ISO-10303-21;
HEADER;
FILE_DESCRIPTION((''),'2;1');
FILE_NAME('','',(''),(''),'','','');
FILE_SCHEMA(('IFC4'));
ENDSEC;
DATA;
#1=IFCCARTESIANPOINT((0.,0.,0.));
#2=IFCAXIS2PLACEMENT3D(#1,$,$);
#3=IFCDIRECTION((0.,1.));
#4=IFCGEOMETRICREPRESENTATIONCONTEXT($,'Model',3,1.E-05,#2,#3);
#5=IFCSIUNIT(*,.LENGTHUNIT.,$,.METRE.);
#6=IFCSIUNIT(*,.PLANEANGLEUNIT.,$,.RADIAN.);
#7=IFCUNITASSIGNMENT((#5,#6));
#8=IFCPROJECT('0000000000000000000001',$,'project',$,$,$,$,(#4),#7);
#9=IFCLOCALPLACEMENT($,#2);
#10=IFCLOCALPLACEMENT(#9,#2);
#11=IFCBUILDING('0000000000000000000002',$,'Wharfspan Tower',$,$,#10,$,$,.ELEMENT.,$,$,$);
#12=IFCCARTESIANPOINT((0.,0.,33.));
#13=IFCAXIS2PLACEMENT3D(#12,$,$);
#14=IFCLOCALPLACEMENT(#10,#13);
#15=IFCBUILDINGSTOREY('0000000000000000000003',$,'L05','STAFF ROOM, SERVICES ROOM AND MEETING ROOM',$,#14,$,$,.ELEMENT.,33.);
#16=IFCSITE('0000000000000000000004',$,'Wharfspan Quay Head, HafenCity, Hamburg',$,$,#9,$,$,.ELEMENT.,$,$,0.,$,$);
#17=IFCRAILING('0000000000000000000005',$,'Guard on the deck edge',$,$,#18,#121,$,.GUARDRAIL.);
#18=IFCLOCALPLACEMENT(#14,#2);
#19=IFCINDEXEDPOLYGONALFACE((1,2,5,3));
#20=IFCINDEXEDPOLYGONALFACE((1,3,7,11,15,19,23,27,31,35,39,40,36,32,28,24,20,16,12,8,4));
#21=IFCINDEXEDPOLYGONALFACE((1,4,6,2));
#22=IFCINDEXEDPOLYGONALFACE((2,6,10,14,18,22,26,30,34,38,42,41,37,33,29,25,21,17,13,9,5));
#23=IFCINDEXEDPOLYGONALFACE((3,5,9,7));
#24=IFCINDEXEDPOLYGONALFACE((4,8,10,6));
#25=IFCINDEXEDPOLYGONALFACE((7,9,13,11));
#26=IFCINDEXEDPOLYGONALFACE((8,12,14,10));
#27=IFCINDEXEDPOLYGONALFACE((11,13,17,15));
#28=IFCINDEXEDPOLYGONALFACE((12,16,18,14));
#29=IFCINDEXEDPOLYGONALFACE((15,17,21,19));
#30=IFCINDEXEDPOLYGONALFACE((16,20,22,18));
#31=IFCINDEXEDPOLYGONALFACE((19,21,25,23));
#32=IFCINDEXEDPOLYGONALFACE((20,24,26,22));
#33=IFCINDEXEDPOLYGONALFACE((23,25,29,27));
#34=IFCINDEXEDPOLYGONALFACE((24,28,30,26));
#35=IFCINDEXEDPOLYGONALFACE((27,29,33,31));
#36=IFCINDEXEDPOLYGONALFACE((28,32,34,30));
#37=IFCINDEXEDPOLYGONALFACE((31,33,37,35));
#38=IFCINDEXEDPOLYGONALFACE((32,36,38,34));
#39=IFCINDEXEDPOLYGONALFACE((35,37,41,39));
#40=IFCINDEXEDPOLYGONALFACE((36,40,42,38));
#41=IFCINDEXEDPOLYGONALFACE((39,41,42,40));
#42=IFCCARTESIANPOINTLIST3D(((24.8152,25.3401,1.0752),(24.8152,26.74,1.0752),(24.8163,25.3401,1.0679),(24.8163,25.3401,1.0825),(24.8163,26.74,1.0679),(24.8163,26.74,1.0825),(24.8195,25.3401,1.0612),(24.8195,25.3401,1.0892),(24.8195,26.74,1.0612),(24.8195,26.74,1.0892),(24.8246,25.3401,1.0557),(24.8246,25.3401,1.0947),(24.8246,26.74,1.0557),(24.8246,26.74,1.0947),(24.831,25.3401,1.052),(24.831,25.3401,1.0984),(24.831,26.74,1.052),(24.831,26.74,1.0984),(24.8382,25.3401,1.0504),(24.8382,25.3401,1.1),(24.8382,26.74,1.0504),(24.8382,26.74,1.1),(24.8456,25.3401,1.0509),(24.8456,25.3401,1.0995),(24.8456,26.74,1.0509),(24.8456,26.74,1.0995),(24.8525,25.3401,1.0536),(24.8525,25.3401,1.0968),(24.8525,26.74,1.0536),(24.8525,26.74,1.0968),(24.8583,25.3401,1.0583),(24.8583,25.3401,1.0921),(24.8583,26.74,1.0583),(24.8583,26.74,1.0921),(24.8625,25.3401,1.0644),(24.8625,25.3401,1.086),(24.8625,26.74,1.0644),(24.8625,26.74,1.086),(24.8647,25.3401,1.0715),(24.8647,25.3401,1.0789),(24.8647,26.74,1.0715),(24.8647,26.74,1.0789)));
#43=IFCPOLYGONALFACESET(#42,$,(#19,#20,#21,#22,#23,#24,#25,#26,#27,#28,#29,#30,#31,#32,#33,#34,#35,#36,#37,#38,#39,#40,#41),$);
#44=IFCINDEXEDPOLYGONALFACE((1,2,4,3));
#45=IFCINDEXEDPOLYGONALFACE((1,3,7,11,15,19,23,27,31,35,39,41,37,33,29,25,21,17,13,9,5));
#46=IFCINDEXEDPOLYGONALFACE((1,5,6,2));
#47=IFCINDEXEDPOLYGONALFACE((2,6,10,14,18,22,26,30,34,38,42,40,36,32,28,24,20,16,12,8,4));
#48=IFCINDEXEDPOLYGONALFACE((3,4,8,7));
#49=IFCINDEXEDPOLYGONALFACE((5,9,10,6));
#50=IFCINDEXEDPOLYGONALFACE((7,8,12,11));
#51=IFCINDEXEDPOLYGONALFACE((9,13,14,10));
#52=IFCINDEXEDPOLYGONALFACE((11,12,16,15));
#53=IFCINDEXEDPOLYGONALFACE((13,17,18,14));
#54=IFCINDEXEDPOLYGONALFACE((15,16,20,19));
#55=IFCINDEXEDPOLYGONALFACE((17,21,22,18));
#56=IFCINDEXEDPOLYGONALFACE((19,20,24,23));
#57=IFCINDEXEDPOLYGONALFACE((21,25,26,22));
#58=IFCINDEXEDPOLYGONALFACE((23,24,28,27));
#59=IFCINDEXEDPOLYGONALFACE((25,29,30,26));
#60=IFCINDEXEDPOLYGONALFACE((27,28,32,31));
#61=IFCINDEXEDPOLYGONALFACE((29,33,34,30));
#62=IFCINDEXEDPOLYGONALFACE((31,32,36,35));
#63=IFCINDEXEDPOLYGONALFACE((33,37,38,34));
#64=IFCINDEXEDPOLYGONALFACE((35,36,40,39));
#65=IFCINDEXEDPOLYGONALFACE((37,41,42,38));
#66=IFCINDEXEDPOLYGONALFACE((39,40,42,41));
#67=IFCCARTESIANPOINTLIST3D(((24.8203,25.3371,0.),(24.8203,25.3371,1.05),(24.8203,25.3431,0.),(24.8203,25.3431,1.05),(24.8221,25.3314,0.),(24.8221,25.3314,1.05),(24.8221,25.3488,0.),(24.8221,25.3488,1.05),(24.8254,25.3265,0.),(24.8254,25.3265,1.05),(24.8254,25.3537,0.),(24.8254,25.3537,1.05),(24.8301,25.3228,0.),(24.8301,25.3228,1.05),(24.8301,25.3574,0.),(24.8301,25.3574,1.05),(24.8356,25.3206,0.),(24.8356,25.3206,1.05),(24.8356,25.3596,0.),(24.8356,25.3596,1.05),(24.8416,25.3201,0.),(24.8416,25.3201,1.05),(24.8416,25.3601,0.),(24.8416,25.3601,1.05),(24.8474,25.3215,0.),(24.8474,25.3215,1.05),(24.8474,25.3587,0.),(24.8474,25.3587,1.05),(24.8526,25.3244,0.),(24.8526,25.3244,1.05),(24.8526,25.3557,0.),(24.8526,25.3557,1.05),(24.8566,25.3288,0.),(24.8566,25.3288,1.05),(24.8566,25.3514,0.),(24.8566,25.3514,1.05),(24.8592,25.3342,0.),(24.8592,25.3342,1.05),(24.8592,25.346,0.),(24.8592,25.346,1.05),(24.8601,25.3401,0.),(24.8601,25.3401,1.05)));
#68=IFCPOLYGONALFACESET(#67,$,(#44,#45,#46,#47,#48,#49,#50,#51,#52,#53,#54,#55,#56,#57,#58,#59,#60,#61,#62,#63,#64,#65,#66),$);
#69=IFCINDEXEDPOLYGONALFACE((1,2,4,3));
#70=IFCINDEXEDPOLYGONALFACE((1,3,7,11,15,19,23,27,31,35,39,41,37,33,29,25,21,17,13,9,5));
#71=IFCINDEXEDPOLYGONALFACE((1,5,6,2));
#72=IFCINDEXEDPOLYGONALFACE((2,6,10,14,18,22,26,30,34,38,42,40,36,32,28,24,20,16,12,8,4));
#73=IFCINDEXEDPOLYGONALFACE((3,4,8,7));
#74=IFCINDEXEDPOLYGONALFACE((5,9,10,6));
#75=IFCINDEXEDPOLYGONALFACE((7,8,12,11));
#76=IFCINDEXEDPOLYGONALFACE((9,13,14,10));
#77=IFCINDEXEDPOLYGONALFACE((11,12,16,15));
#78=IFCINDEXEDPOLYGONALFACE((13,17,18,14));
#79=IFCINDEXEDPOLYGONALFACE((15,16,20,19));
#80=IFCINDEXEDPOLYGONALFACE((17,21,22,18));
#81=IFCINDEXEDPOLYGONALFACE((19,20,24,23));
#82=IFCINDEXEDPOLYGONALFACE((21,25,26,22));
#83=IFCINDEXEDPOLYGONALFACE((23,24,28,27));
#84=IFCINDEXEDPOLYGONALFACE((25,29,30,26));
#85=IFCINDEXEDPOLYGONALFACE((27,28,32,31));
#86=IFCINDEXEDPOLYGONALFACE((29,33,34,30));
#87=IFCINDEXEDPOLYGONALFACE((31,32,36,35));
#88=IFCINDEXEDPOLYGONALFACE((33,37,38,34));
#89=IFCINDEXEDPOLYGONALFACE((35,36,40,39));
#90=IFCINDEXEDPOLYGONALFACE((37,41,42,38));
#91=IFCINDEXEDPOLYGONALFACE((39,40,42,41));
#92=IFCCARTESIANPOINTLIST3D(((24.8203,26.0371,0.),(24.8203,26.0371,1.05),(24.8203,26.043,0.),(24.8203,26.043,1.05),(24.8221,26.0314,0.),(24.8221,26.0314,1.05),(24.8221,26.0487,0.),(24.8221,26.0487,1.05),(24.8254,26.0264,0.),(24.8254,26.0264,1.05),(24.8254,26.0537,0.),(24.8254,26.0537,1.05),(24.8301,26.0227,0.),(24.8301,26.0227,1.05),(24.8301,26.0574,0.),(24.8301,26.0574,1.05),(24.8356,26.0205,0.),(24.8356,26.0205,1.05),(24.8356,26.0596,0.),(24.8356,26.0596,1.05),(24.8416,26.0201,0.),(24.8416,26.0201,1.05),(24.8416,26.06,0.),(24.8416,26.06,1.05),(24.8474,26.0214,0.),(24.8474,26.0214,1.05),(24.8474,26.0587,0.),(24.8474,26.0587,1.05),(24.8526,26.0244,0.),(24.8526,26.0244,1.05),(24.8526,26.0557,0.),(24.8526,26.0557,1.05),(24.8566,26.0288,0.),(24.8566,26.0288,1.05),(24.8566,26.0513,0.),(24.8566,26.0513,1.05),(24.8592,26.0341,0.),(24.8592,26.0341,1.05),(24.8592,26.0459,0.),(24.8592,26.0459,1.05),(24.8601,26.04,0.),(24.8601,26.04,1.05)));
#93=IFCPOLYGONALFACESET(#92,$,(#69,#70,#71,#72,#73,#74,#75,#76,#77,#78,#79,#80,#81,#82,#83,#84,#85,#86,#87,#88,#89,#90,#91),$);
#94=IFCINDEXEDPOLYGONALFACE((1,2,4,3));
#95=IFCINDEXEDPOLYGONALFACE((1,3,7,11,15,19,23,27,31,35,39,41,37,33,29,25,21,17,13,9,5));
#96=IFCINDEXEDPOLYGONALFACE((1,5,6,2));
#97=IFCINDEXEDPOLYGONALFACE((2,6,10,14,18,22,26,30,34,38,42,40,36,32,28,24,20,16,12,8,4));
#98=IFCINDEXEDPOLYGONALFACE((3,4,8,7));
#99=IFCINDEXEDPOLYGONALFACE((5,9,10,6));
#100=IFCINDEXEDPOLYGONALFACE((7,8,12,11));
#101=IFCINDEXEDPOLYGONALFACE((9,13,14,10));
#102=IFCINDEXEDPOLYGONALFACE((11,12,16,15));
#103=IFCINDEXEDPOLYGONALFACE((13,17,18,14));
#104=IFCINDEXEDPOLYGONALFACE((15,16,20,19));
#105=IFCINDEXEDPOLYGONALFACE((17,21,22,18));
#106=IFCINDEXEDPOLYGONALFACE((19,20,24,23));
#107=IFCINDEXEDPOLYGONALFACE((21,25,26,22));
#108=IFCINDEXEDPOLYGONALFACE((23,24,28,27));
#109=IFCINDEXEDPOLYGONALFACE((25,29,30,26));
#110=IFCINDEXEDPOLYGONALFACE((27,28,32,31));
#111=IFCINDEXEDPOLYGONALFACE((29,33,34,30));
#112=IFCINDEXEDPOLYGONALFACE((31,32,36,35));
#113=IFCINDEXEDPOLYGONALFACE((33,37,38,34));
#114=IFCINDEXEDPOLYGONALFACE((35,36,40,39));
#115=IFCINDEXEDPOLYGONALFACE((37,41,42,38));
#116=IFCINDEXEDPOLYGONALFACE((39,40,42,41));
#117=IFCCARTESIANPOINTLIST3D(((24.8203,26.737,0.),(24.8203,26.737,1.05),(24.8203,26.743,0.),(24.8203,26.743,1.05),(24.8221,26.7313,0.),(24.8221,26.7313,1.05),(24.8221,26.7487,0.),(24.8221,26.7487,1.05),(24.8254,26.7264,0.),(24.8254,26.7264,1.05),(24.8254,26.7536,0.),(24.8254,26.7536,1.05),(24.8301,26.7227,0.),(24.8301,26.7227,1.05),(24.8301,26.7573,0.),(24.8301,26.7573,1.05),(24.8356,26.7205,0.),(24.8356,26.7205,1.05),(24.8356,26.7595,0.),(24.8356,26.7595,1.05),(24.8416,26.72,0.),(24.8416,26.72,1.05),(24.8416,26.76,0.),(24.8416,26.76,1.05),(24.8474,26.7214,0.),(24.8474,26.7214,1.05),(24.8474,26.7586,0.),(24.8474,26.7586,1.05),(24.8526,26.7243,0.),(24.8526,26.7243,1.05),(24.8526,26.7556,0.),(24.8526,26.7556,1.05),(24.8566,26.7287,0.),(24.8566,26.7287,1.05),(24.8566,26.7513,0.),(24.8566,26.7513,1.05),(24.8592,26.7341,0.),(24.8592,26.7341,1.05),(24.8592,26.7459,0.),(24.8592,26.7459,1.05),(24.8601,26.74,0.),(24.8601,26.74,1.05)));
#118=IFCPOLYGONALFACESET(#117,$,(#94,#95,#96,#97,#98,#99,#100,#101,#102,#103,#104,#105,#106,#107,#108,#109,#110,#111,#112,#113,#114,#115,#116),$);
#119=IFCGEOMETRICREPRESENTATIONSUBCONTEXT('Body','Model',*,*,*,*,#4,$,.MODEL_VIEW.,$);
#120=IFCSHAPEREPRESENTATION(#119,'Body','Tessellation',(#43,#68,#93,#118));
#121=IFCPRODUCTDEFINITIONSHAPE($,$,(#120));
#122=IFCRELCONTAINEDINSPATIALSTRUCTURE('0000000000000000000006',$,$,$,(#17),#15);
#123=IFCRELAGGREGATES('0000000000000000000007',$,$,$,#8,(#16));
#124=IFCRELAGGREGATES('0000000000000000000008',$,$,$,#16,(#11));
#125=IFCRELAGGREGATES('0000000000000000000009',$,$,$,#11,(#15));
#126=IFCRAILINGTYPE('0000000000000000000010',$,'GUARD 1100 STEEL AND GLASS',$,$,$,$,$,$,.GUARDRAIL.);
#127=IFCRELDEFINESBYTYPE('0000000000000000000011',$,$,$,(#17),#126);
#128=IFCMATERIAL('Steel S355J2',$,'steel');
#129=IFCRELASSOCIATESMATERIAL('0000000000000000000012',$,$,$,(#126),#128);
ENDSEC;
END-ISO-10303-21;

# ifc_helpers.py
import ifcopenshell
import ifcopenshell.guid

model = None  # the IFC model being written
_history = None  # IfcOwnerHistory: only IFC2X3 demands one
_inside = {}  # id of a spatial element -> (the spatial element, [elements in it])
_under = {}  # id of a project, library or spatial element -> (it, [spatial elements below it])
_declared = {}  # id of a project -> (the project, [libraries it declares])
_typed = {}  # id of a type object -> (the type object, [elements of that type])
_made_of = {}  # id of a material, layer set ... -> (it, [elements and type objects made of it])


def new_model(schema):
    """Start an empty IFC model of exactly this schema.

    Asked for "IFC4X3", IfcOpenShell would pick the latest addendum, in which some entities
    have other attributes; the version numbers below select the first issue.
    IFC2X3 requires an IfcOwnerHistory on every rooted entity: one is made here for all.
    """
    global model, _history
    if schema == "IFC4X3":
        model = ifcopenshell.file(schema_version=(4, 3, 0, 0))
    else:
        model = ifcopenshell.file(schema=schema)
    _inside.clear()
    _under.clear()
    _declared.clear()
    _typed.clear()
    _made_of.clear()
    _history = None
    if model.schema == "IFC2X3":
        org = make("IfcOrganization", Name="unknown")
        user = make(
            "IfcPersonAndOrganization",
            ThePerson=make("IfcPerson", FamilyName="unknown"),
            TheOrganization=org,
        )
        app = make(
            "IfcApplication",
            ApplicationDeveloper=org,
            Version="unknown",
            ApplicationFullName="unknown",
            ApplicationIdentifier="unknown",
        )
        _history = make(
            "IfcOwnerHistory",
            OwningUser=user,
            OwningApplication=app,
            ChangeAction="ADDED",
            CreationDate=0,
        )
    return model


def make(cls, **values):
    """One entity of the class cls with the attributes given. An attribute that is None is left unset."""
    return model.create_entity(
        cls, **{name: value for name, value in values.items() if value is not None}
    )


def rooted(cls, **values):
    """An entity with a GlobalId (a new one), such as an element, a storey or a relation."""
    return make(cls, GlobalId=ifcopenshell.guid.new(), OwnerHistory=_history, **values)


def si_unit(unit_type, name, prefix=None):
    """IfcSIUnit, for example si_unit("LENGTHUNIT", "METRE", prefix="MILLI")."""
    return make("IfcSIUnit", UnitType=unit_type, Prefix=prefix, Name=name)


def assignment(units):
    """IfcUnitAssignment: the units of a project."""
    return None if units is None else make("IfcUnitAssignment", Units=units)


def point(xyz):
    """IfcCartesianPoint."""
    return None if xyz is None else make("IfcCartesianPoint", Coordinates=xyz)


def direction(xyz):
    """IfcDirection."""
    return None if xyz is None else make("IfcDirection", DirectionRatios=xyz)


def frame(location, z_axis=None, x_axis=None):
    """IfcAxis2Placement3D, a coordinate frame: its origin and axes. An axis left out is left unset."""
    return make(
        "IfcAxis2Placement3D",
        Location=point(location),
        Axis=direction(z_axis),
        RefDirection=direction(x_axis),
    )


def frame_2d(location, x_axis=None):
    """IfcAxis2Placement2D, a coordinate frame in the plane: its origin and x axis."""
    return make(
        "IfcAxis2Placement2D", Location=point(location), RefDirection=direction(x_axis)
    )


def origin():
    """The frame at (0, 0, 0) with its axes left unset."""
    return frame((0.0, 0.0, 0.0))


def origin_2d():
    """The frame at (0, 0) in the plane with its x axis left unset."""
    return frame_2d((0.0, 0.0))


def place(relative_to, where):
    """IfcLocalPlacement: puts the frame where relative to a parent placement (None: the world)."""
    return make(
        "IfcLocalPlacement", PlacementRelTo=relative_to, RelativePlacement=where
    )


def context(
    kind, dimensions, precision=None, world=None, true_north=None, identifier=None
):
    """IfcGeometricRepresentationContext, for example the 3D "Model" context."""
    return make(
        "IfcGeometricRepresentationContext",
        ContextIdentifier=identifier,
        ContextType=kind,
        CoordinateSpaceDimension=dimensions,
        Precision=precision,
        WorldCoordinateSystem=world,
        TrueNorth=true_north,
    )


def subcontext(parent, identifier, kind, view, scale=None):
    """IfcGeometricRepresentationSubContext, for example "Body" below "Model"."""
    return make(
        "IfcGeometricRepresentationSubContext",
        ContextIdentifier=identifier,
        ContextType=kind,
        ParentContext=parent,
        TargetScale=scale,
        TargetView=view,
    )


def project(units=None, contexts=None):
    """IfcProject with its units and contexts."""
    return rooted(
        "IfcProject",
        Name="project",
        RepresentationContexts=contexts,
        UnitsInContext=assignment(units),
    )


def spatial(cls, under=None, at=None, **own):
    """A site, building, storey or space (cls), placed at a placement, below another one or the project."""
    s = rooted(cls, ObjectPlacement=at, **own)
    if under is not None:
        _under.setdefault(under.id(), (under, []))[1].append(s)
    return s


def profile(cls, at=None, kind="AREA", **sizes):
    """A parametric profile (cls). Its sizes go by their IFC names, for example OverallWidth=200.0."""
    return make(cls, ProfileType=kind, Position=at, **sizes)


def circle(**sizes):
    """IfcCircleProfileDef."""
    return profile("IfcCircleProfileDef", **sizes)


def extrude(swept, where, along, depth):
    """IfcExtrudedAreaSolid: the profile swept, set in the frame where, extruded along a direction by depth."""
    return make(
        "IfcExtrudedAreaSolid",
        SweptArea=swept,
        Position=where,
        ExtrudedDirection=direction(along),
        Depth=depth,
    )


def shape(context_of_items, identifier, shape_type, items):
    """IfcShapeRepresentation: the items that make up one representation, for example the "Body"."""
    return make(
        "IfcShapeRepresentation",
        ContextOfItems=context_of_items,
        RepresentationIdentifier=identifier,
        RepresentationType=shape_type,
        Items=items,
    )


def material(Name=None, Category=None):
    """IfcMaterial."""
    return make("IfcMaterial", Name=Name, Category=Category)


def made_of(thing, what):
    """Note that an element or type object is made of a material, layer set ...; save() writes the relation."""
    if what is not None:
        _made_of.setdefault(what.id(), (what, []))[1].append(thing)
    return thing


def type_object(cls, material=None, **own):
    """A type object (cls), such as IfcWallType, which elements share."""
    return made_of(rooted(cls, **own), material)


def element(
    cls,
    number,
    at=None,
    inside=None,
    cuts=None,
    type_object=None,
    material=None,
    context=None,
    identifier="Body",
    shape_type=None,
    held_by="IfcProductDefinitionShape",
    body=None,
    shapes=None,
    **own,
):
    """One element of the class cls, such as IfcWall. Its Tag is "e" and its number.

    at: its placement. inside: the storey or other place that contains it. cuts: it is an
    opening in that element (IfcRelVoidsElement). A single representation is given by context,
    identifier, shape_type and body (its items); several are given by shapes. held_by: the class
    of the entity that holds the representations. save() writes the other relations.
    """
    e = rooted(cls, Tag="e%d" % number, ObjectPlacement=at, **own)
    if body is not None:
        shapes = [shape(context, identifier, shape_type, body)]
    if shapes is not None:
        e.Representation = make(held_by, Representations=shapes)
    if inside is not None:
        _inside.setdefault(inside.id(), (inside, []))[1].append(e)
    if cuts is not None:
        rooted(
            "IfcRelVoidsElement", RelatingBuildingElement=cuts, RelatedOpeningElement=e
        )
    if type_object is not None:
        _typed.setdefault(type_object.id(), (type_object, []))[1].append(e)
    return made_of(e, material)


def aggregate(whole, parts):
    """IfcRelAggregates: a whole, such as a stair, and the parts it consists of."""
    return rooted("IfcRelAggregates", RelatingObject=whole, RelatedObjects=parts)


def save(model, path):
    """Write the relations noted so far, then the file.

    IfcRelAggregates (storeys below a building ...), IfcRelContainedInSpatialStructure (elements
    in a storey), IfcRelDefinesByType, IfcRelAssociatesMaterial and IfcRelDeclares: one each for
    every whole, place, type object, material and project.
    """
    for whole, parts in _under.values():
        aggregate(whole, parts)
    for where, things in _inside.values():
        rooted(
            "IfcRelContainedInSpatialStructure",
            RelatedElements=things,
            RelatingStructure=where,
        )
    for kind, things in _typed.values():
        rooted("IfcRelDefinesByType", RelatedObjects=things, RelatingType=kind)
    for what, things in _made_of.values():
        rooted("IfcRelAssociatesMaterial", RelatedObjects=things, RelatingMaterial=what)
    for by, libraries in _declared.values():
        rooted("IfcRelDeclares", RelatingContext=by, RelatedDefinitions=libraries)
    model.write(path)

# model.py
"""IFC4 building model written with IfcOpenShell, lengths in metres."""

from ifc_helpers import new_model, si_unit, direction, frame, origin, origin_2d, place, context, subcontext, project, spatial, circle, extrude, material, type_object, element, save


model = new_model("IFC4")

# Units and contexts
model_context = context("Model", 3, precision=1e-05, world=origin(), true_north=direction((0.0, 1.0)))
body_context = subcontext(model_context, "Body", "Model", "MODEL_VIEW")
ifc_project = project(units=[si_unit("LENGTHUNIT", "METRE"), si_unit("PLANEANGLEUNIT", "RADIAN")], contexts=[model_context])

# Site, building, storey
site_placement = place(None, origin())
site = spatial("IfcSite", under=ifc_project, at=site_placement, Name="Wharfspan Quay Head, HafenCity, Hamburg", CompositionType="ELEMENT", RefElevation=0.0)
building_placement = place(site_placement, origin())
building = spatial("IfcBuilding", under=site, at=building_placement, Name="Wharfspan Tower", CompositionType="ELEMENT")
storey_placement = place(building_placement, frame((0.0, 0.0, 33.0)))
storey = spatial("IfcBuildingStorey", under=building, at=storey_placement, Name="L05", Description="STAFF ROOM, SERVICES ROOM AND MEETING ROOM", CompositionType="ELEMENT", Elevation=33.0)

# Railing
ifc_material_1 = material(Name="Steel S355J2", Category="steel")
railing_type = type_object("IfcRailingType", Name="GUARD 1100 STEEL AND GLASS", PredefinedType="GUARDRAIL", material=ifc_material_1)
railing_1_placement = place(storey_placement, frame((24.8401, 25.3401, 0.0)))
element("IfcRailing", 1, at=railing_1_placement, inside=storey, type_object=railing_type, Name="Guard on the deck edge", PredefinedType="GUARDRAIL", context=body_context, shape_type="SweptSolid", body=[
    extrude(circle(Radius=0.0249, at=origin_2d()), frame((0.0, 0.0, 1.0752), z_axis=(0.0, 1.0, 0.0), x_axis=(-1.0, 0.0, 0.0)), (0.0, 0.0, 1.0), 1.3999),
    extrude(circle(Radius=0.02, at=origin_2d()), origin(), (0.0, 0.0, 1.0), 1.05),
    extrude(circle(Radius=0.02, at=origin_2d()), frame((0.0, 0.7, 0.0)), (0.0, 0.0, 1.0), 1.05),
    extrude(circle(Radius=0.02, at=origin_2d()), frame((0.0, 1.3999, 0.0)), (0.0, 0.0, 1.0), 1.05),
])

save(model, "model.ifc")
